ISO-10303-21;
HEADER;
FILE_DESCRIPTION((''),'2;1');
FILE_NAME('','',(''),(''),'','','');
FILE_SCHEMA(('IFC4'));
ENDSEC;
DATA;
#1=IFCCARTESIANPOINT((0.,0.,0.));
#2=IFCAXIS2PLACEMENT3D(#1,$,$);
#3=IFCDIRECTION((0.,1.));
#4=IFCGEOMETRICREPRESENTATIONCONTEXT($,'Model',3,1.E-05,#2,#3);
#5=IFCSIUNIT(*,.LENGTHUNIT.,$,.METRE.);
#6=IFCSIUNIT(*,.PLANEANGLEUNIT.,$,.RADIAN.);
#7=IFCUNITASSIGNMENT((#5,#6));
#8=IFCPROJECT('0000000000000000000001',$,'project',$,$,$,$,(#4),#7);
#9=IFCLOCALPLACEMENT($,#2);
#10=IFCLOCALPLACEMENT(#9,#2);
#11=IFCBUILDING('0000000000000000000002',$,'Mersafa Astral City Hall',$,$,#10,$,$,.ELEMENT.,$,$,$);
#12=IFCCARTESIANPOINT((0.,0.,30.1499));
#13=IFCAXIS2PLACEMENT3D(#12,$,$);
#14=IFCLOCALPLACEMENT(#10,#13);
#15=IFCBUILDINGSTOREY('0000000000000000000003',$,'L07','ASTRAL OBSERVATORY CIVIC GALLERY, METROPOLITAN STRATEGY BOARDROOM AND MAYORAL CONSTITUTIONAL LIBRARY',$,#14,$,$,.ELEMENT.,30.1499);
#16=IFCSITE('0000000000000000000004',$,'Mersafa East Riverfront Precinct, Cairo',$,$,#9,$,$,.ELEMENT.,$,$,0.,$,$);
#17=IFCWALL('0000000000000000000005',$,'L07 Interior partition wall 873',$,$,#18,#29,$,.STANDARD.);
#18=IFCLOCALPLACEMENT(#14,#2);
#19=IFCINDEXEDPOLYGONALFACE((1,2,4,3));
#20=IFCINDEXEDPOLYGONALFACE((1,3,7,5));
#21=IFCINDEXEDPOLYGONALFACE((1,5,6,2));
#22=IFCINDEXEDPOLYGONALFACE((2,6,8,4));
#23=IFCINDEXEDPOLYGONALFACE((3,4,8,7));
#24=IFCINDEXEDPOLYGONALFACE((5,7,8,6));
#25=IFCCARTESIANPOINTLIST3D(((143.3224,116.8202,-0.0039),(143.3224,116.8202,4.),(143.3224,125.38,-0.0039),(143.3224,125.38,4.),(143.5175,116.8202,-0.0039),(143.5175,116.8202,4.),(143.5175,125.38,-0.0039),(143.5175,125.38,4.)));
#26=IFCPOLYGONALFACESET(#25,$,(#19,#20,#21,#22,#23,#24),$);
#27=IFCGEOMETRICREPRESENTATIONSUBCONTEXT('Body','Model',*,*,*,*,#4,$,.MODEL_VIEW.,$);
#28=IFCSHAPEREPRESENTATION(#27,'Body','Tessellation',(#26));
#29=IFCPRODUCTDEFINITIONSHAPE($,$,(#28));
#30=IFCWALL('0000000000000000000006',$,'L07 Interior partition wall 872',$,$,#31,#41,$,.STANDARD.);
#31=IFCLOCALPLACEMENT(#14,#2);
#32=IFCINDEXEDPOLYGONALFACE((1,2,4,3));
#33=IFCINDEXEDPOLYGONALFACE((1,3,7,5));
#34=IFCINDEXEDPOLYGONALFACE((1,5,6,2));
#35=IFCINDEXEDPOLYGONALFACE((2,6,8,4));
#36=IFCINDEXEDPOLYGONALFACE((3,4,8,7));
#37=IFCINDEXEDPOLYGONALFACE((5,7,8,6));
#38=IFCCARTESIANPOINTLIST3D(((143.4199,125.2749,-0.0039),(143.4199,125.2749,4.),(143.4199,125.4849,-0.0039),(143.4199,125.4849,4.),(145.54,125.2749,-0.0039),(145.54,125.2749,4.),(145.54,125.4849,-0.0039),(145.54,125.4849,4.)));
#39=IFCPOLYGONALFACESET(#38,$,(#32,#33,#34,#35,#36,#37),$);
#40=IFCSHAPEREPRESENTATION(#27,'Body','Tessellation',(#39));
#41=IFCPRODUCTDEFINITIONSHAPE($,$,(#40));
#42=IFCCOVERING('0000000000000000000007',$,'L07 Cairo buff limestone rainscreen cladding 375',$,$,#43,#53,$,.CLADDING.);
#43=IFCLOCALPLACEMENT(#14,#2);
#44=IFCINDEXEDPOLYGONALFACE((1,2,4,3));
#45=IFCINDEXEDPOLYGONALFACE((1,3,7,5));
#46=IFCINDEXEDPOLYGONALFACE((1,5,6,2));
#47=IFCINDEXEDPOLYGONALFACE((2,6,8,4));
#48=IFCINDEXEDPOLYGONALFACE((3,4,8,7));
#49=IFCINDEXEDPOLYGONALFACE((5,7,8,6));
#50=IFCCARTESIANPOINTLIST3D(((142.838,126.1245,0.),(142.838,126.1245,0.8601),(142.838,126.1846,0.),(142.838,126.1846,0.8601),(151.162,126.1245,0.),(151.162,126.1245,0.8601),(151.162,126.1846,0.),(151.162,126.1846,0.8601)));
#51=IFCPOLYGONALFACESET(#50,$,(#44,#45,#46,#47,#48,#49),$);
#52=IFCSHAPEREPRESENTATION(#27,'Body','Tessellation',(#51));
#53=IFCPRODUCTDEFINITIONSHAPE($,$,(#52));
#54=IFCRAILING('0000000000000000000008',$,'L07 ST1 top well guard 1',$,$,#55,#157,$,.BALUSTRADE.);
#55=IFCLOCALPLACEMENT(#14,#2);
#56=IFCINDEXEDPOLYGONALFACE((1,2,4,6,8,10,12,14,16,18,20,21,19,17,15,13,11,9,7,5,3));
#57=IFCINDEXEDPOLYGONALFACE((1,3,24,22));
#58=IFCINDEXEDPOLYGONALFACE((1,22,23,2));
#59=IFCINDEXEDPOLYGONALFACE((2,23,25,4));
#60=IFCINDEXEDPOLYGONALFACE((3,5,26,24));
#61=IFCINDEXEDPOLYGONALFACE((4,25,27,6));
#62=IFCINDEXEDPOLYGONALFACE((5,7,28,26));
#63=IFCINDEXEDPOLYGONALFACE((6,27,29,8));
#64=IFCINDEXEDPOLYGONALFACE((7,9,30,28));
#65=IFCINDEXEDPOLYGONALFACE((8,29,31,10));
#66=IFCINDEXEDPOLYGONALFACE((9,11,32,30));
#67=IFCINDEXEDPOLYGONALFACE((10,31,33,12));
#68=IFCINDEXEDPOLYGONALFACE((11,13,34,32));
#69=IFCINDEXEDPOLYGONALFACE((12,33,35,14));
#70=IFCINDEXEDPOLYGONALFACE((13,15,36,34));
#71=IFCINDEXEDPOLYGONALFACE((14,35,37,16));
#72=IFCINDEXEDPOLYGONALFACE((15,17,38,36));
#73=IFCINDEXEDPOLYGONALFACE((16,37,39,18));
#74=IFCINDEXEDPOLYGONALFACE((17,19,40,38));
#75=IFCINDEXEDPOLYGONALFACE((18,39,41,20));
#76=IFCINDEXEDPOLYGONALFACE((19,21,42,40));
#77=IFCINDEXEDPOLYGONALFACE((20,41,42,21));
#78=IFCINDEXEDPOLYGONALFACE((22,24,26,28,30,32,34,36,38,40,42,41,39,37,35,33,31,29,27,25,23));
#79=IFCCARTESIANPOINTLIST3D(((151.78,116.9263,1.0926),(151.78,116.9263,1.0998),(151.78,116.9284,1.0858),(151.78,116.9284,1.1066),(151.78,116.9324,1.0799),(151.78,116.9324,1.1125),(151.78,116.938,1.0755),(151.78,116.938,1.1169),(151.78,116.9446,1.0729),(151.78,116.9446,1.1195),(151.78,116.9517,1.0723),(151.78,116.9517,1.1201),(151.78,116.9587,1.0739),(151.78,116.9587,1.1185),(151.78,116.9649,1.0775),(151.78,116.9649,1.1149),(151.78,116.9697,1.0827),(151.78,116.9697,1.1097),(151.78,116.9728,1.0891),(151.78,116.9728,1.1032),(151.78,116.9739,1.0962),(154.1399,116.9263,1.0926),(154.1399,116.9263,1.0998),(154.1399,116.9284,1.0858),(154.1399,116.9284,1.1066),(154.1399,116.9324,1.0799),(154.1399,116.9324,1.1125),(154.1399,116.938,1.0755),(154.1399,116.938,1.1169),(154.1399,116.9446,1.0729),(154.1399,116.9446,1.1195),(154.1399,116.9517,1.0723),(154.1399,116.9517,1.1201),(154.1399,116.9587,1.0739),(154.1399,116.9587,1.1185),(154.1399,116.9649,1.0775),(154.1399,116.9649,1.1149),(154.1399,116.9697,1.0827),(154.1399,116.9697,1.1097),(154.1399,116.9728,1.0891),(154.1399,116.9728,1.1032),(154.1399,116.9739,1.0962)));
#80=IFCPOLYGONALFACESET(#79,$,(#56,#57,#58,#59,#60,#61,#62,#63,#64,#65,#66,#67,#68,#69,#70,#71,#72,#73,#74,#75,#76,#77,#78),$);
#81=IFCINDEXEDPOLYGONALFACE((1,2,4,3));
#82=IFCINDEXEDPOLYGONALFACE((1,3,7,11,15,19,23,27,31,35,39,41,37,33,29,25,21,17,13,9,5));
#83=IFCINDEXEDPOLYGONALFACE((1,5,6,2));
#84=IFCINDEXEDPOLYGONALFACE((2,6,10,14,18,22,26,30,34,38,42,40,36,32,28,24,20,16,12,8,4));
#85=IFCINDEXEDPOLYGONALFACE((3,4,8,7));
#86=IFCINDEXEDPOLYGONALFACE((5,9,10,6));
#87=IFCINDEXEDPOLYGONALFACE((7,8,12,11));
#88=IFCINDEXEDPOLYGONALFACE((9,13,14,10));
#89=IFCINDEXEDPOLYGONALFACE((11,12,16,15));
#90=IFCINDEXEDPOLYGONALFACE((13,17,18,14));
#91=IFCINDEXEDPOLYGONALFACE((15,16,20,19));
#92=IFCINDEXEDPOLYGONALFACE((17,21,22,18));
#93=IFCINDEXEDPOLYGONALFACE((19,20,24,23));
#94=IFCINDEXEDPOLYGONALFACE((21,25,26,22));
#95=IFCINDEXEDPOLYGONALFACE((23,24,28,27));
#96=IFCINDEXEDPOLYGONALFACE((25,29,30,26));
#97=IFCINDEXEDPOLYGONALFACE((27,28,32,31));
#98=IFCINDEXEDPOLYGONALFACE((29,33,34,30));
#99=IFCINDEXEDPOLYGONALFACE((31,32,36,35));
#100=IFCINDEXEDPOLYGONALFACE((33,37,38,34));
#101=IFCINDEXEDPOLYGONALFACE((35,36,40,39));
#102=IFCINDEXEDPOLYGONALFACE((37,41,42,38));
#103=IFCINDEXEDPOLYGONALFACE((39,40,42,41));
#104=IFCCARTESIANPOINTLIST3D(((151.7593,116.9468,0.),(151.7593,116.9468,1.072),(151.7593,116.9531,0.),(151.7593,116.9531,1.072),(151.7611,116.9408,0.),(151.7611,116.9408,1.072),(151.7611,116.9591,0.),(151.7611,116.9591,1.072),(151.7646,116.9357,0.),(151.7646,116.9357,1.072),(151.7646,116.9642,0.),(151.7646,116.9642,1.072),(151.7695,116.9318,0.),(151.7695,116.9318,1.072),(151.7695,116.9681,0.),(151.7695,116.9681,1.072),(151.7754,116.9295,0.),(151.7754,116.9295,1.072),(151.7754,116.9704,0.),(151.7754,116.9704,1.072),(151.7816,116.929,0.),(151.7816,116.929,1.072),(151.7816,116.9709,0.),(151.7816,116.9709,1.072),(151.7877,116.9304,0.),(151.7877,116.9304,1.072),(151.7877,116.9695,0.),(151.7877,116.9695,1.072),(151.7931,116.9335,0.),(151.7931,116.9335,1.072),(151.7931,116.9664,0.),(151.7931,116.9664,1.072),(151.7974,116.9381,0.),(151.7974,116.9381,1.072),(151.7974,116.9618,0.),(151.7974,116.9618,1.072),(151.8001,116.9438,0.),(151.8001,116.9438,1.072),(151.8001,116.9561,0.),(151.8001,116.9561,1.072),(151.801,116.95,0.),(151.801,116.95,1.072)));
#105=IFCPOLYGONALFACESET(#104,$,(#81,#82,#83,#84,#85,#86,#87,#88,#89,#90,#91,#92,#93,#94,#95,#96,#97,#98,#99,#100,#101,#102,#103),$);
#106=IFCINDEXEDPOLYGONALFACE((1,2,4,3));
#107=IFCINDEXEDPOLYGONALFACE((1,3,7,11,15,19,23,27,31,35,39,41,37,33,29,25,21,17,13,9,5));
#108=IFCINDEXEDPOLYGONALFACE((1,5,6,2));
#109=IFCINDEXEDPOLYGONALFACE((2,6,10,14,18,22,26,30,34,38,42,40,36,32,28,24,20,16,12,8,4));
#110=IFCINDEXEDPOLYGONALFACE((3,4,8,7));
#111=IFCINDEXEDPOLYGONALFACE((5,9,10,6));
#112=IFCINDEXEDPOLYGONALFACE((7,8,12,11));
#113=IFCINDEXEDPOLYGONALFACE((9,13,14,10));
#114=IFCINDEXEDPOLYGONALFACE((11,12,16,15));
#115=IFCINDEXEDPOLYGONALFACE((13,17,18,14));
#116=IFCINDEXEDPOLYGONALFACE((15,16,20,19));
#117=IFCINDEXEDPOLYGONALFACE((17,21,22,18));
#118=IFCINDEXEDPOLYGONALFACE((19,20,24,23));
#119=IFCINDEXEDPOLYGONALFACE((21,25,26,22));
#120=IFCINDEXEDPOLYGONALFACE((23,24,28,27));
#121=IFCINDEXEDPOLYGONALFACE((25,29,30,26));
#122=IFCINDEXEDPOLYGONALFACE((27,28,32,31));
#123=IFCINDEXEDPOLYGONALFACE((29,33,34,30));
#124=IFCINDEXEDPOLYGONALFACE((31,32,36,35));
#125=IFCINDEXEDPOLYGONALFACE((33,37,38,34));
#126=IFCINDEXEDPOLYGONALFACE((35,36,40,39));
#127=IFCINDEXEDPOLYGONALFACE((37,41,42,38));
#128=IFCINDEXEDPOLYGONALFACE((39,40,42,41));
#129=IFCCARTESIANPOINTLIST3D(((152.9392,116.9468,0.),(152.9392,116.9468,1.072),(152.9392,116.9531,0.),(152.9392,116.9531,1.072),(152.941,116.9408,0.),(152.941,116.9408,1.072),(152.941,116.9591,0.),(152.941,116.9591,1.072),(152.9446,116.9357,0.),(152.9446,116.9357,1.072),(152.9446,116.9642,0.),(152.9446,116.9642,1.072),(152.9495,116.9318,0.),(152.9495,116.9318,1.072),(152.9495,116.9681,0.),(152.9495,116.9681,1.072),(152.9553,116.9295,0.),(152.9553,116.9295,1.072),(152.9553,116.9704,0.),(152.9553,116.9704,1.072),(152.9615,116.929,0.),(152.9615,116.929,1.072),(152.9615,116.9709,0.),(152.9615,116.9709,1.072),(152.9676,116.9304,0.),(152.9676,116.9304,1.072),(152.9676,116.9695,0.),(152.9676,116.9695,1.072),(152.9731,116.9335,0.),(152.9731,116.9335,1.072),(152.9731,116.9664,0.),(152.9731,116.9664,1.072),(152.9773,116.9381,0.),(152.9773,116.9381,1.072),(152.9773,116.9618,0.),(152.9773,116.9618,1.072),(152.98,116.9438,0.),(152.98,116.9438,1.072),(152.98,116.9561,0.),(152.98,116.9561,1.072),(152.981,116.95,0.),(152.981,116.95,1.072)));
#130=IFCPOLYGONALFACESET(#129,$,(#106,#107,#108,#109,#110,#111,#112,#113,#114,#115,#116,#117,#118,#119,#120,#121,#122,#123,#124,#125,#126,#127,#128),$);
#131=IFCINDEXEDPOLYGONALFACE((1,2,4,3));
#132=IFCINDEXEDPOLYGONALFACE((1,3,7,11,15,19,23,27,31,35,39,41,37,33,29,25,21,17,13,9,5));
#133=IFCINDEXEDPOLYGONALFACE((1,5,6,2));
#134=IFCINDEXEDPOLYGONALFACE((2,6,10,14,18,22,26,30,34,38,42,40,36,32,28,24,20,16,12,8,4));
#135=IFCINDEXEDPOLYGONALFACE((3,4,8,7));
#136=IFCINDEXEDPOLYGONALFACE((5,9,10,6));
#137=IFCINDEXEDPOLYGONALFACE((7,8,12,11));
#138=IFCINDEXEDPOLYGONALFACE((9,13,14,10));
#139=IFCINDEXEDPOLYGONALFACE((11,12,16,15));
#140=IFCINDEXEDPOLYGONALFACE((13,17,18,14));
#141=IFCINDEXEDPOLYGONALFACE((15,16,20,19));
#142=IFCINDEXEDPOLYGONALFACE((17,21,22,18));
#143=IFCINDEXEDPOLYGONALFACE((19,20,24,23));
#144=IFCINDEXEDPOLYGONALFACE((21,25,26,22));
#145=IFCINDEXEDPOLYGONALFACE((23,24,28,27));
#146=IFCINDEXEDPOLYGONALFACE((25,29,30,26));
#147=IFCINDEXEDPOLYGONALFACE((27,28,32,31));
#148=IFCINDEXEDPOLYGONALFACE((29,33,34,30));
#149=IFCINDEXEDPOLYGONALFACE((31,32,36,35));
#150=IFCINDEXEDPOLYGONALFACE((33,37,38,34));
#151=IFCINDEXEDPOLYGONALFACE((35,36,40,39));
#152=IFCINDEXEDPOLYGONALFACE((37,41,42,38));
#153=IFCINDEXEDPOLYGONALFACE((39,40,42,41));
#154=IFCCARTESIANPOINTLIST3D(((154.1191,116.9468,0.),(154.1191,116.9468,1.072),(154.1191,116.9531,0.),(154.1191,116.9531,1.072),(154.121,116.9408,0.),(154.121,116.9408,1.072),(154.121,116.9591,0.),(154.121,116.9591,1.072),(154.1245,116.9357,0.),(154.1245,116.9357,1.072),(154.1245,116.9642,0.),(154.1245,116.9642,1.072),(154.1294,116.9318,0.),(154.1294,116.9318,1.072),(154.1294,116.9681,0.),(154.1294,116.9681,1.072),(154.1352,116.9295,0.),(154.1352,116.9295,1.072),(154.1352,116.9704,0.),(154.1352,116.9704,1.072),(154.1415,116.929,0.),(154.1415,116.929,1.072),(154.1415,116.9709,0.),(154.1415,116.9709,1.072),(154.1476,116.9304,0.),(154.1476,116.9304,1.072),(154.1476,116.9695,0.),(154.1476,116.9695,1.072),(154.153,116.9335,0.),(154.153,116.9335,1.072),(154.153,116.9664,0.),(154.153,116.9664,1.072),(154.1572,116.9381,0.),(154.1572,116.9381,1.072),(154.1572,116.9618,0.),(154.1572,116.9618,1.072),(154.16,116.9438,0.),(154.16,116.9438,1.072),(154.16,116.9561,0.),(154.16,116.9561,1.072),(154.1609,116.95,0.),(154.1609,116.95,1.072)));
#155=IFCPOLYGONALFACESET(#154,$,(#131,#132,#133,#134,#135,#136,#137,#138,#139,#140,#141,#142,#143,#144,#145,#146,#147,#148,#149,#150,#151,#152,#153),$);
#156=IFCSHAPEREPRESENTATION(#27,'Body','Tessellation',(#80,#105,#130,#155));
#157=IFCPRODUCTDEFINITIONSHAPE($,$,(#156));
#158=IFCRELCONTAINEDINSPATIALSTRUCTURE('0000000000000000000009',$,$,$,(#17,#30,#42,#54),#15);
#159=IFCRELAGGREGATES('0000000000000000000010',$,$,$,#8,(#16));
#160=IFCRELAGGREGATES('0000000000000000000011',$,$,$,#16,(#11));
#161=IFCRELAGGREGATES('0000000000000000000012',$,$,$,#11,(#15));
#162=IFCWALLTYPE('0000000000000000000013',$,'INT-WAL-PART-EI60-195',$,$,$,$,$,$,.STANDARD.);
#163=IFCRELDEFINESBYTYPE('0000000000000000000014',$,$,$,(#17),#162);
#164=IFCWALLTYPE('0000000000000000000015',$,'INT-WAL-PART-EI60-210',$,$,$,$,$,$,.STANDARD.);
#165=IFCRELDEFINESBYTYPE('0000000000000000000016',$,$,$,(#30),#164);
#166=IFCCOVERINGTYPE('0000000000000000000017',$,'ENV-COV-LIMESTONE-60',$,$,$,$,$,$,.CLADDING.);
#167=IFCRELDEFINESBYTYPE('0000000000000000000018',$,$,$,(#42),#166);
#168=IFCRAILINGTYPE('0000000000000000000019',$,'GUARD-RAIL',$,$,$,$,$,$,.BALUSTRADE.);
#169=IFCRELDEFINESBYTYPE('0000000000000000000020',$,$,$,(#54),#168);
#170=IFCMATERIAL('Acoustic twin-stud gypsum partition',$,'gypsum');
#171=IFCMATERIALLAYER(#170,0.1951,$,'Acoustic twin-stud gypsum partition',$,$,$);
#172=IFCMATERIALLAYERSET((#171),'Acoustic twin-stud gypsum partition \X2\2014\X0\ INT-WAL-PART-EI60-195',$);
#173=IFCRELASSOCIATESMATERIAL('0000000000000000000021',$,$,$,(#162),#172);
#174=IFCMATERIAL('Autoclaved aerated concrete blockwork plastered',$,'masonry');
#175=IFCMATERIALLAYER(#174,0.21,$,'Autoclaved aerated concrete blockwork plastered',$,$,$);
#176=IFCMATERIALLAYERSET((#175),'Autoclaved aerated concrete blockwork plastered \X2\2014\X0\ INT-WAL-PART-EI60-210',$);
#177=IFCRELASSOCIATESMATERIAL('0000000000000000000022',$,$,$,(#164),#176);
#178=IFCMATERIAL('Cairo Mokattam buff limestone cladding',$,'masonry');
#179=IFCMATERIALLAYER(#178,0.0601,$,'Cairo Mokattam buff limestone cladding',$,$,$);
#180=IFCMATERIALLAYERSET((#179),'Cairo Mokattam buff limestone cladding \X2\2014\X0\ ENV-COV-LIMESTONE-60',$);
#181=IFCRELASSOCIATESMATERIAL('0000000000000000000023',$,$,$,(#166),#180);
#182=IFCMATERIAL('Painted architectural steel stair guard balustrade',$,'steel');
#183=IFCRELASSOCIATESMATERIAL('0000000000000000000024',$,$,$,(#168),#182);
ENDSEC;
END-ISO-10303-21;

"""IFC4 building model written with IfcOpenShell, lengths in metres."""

from ifc_helpers import new_model, si_unit, direction, frame, frame_2d, origin, origin_2d, place, context, subcontext, project, spatial, rectangle, circle, extrude, material, layer, layer_set, type_object, element, save


model = new_model("IFC4")

# Units and contexts
model_context = context("Model", 3, precision=1e-05, world=origin(), true_north=direction((0.0, 1.0)))
body_context = subcontext(model_context, "Body", "Model", "MODEL_VIEW")
ifc_project = project(units=[si_unit("LENGTHUNIT", "METRE"), si_unit("PLANEANGLEUNIT", "RADIAN")], contexts=[model_context])

# Site, building, storey
site_placement = place(None, origin())
site = spatial("IfcSite", under=ifc_project, at=site_placement, Name="Mersafa East Riverfront Precinct, Cairo", CompositionType="ELEMENT", RefElevation=0.0)
building_placement = place(site_placement, origin())
building = spatial("IfcBuilding", under=site, at=building_placement, Name="Mersafa Astral City Hall", CompositionType="ELEMENT")
storey_placement = place(building_placement, frame((0.0, 0.0, 30.1499)))
storey = spatial("IfcBuildingStorey", under=building, at=storey_placement, Name="L07", Description="ASTRAL OBSERVATORY CIVIC GALLERY, METROPOLITAN STRATEGY BOARDROOM AND MAYORAL CONSTITUTIONAL LIBRARY", CompositionType="ELEMENT", Elevation=30.1499)

# Shared definitions
ifc_material_1 = material(Name="Acoustic twin-stud gypsum partition", Category="gypsum")

# Walls
ifc_layer_1 = layer(ifc_material_1, 0.1951, Name="Acoustic twin-stud gypsum partition")
ifc_layer_set_1 = layer_set([ifc_layer_1], Name="Acoustic twin-stud gypsum partition — INT-WAL-PART-EI60-195")
wall_type_1 = type_object("IfcWallType", Name="INT-WAL-PART-EI60-195", PredefinedType="STANDARD", material=ifc_layer_set_1)
wall_1_placement = place(storey_placement, frame((143.4199, 125.3799, -0.0039), z_axis=(0.0, 0.0, 1.0), x_axis=(0.0, -1.0, 0.0)))
element("IfcWall", 1, at=wall_1_placement, inside=storey, type_object=wall_type_1, Name="L07 Interior partition wall 873", PredefinedType="STANDARD", context=body_context, shape_type="SweptSolid", body=[
    extrude(rectangle(XDim=8.5598, YDim=0.1951, at=frame_2d((4.2798, 0.0))), origin(), (0.0, 0.0, 1.0), 4.0039),
])
ifc_material_2 = material(Name="Autoclaved aerated concrete blockwork plastered", Category="masonry")
ifc_layer_2 = layer(ifc_material_2, 0.21, Name="Autoclaved aerated concrete blockwork plastered")
ifc_layer_set_2 = layer_set([ifc_layer_2], Name="Autoclaved aerated concrete blockwork plastered — INT-WAL-PART-EI60-210")
wall_type_2 = type_object("IfcWallType", Name="INT-WAL-PART-EI60-210", PredefinedType="STANDARD", material=ifc_layer_set_2)
wall_2_placement = place(storey_placement, frame((145.54, 125.3799, -0.0039), z_axis=(0.0, 0.0, 1.0), x_axis=(-1.0, 0.0, 0.0)))
element("IfcWall", 2, at=wall_2_placement, inside=storey, type_object=wall_type_2, Name="L07 Interior partition wall 872", PredefinedType="STANDARD", context=body_context, shape_type="SweptSolid", body=[
    extrude(rectangle(XDim=2.1201, YDim=0.21, at=frame_2d((1.0601, 0.0))), origin(), (0.0, 0.0, 1.0), 4.0039),
])

# Covering
ifc_material_3 = material(Name="Cairo Mokattam buff limestone cladding", Category="masonry")
ifc_layer_3 = layer(ifc_material_3, 0.0601, Name="Cairo Mokattam buff limestone cladding")
ifc_layer_set_3 = layer_set([ifc_layer_3], Name="Cairo Mokattam buff limestone cladding — ENV-COV-LIMESTONE-60")
covering_type = type_object("IfcCoveringType", Name="ENV-COV-LIMESTONE-60", PredefinedType="CLADDING", material=ifc_layer_set_3)
covering_placement = place(storey_placement, frame((147.0, 126.1545, 0.0), z_axis=(0.0, 0.0, 1.0), x_axis=(-1.0, 0.0, 0.0)))
element("IfcCovering", 3, at=covering_placement, inside=storey, type_object=covering_type, Name="L07 Cairo buff limestone rainscreen cladding 375", PredefinedType="CLADDING", context=body_context, shape_type="SweptSolid", body=[
    extrude(rectangle(XDim=8.324, YDim=0.0601, at=origin_2d()), origin(), (0.0, 0.0, 1.0), 0.8601),
])

# Railing
ifc_material_4 = material(Name="Painted architectural steel stair guard balustrade", Category="steel")
railing_type = type_object("IfcRailingType", Name="GUARD-RAIL", PredefinedType="BALUSTRADE", material=ifc_material_4)
railing_placement = place(storey_placement, frame((151.78, 116.95, 0.0)))
element("IfcRailing", 4, at=railing_placement, inside=storey, type_object=railing_type, Name="L07 ST1 top well guard 1", PredefinedType="BALUSTRADE", context=body_context, shape_type="SweptSolid", body=[
    extrude(circle(Radius=0.0239, at=origin_2d()), frame((0.0, 0.0, 1.0962), z_axis=(1.0, 0.0, 0.0), x_axis=(0.0, 1.0, 0.0)), (0.0, 0.0, 1.0), 2.3599),
    extrude(circle(Radius=0.021, at=origin_2d()), origin(), (0.0, 0.0, 1.0), 1.072),
    extrude(circle(Radius=0.021, at=origin_2d()), frame((1.1799, 0.0, 0.0)), (0.0, 0.0, 1.0), 1.072),
    extrude(circle(Radius=0.021, at=origin_2d()), frame((2.3599, 0.0, 0.0)), (0.0, 0.0, 1.0), 1.072),
])

save(model, "model.ifc")
